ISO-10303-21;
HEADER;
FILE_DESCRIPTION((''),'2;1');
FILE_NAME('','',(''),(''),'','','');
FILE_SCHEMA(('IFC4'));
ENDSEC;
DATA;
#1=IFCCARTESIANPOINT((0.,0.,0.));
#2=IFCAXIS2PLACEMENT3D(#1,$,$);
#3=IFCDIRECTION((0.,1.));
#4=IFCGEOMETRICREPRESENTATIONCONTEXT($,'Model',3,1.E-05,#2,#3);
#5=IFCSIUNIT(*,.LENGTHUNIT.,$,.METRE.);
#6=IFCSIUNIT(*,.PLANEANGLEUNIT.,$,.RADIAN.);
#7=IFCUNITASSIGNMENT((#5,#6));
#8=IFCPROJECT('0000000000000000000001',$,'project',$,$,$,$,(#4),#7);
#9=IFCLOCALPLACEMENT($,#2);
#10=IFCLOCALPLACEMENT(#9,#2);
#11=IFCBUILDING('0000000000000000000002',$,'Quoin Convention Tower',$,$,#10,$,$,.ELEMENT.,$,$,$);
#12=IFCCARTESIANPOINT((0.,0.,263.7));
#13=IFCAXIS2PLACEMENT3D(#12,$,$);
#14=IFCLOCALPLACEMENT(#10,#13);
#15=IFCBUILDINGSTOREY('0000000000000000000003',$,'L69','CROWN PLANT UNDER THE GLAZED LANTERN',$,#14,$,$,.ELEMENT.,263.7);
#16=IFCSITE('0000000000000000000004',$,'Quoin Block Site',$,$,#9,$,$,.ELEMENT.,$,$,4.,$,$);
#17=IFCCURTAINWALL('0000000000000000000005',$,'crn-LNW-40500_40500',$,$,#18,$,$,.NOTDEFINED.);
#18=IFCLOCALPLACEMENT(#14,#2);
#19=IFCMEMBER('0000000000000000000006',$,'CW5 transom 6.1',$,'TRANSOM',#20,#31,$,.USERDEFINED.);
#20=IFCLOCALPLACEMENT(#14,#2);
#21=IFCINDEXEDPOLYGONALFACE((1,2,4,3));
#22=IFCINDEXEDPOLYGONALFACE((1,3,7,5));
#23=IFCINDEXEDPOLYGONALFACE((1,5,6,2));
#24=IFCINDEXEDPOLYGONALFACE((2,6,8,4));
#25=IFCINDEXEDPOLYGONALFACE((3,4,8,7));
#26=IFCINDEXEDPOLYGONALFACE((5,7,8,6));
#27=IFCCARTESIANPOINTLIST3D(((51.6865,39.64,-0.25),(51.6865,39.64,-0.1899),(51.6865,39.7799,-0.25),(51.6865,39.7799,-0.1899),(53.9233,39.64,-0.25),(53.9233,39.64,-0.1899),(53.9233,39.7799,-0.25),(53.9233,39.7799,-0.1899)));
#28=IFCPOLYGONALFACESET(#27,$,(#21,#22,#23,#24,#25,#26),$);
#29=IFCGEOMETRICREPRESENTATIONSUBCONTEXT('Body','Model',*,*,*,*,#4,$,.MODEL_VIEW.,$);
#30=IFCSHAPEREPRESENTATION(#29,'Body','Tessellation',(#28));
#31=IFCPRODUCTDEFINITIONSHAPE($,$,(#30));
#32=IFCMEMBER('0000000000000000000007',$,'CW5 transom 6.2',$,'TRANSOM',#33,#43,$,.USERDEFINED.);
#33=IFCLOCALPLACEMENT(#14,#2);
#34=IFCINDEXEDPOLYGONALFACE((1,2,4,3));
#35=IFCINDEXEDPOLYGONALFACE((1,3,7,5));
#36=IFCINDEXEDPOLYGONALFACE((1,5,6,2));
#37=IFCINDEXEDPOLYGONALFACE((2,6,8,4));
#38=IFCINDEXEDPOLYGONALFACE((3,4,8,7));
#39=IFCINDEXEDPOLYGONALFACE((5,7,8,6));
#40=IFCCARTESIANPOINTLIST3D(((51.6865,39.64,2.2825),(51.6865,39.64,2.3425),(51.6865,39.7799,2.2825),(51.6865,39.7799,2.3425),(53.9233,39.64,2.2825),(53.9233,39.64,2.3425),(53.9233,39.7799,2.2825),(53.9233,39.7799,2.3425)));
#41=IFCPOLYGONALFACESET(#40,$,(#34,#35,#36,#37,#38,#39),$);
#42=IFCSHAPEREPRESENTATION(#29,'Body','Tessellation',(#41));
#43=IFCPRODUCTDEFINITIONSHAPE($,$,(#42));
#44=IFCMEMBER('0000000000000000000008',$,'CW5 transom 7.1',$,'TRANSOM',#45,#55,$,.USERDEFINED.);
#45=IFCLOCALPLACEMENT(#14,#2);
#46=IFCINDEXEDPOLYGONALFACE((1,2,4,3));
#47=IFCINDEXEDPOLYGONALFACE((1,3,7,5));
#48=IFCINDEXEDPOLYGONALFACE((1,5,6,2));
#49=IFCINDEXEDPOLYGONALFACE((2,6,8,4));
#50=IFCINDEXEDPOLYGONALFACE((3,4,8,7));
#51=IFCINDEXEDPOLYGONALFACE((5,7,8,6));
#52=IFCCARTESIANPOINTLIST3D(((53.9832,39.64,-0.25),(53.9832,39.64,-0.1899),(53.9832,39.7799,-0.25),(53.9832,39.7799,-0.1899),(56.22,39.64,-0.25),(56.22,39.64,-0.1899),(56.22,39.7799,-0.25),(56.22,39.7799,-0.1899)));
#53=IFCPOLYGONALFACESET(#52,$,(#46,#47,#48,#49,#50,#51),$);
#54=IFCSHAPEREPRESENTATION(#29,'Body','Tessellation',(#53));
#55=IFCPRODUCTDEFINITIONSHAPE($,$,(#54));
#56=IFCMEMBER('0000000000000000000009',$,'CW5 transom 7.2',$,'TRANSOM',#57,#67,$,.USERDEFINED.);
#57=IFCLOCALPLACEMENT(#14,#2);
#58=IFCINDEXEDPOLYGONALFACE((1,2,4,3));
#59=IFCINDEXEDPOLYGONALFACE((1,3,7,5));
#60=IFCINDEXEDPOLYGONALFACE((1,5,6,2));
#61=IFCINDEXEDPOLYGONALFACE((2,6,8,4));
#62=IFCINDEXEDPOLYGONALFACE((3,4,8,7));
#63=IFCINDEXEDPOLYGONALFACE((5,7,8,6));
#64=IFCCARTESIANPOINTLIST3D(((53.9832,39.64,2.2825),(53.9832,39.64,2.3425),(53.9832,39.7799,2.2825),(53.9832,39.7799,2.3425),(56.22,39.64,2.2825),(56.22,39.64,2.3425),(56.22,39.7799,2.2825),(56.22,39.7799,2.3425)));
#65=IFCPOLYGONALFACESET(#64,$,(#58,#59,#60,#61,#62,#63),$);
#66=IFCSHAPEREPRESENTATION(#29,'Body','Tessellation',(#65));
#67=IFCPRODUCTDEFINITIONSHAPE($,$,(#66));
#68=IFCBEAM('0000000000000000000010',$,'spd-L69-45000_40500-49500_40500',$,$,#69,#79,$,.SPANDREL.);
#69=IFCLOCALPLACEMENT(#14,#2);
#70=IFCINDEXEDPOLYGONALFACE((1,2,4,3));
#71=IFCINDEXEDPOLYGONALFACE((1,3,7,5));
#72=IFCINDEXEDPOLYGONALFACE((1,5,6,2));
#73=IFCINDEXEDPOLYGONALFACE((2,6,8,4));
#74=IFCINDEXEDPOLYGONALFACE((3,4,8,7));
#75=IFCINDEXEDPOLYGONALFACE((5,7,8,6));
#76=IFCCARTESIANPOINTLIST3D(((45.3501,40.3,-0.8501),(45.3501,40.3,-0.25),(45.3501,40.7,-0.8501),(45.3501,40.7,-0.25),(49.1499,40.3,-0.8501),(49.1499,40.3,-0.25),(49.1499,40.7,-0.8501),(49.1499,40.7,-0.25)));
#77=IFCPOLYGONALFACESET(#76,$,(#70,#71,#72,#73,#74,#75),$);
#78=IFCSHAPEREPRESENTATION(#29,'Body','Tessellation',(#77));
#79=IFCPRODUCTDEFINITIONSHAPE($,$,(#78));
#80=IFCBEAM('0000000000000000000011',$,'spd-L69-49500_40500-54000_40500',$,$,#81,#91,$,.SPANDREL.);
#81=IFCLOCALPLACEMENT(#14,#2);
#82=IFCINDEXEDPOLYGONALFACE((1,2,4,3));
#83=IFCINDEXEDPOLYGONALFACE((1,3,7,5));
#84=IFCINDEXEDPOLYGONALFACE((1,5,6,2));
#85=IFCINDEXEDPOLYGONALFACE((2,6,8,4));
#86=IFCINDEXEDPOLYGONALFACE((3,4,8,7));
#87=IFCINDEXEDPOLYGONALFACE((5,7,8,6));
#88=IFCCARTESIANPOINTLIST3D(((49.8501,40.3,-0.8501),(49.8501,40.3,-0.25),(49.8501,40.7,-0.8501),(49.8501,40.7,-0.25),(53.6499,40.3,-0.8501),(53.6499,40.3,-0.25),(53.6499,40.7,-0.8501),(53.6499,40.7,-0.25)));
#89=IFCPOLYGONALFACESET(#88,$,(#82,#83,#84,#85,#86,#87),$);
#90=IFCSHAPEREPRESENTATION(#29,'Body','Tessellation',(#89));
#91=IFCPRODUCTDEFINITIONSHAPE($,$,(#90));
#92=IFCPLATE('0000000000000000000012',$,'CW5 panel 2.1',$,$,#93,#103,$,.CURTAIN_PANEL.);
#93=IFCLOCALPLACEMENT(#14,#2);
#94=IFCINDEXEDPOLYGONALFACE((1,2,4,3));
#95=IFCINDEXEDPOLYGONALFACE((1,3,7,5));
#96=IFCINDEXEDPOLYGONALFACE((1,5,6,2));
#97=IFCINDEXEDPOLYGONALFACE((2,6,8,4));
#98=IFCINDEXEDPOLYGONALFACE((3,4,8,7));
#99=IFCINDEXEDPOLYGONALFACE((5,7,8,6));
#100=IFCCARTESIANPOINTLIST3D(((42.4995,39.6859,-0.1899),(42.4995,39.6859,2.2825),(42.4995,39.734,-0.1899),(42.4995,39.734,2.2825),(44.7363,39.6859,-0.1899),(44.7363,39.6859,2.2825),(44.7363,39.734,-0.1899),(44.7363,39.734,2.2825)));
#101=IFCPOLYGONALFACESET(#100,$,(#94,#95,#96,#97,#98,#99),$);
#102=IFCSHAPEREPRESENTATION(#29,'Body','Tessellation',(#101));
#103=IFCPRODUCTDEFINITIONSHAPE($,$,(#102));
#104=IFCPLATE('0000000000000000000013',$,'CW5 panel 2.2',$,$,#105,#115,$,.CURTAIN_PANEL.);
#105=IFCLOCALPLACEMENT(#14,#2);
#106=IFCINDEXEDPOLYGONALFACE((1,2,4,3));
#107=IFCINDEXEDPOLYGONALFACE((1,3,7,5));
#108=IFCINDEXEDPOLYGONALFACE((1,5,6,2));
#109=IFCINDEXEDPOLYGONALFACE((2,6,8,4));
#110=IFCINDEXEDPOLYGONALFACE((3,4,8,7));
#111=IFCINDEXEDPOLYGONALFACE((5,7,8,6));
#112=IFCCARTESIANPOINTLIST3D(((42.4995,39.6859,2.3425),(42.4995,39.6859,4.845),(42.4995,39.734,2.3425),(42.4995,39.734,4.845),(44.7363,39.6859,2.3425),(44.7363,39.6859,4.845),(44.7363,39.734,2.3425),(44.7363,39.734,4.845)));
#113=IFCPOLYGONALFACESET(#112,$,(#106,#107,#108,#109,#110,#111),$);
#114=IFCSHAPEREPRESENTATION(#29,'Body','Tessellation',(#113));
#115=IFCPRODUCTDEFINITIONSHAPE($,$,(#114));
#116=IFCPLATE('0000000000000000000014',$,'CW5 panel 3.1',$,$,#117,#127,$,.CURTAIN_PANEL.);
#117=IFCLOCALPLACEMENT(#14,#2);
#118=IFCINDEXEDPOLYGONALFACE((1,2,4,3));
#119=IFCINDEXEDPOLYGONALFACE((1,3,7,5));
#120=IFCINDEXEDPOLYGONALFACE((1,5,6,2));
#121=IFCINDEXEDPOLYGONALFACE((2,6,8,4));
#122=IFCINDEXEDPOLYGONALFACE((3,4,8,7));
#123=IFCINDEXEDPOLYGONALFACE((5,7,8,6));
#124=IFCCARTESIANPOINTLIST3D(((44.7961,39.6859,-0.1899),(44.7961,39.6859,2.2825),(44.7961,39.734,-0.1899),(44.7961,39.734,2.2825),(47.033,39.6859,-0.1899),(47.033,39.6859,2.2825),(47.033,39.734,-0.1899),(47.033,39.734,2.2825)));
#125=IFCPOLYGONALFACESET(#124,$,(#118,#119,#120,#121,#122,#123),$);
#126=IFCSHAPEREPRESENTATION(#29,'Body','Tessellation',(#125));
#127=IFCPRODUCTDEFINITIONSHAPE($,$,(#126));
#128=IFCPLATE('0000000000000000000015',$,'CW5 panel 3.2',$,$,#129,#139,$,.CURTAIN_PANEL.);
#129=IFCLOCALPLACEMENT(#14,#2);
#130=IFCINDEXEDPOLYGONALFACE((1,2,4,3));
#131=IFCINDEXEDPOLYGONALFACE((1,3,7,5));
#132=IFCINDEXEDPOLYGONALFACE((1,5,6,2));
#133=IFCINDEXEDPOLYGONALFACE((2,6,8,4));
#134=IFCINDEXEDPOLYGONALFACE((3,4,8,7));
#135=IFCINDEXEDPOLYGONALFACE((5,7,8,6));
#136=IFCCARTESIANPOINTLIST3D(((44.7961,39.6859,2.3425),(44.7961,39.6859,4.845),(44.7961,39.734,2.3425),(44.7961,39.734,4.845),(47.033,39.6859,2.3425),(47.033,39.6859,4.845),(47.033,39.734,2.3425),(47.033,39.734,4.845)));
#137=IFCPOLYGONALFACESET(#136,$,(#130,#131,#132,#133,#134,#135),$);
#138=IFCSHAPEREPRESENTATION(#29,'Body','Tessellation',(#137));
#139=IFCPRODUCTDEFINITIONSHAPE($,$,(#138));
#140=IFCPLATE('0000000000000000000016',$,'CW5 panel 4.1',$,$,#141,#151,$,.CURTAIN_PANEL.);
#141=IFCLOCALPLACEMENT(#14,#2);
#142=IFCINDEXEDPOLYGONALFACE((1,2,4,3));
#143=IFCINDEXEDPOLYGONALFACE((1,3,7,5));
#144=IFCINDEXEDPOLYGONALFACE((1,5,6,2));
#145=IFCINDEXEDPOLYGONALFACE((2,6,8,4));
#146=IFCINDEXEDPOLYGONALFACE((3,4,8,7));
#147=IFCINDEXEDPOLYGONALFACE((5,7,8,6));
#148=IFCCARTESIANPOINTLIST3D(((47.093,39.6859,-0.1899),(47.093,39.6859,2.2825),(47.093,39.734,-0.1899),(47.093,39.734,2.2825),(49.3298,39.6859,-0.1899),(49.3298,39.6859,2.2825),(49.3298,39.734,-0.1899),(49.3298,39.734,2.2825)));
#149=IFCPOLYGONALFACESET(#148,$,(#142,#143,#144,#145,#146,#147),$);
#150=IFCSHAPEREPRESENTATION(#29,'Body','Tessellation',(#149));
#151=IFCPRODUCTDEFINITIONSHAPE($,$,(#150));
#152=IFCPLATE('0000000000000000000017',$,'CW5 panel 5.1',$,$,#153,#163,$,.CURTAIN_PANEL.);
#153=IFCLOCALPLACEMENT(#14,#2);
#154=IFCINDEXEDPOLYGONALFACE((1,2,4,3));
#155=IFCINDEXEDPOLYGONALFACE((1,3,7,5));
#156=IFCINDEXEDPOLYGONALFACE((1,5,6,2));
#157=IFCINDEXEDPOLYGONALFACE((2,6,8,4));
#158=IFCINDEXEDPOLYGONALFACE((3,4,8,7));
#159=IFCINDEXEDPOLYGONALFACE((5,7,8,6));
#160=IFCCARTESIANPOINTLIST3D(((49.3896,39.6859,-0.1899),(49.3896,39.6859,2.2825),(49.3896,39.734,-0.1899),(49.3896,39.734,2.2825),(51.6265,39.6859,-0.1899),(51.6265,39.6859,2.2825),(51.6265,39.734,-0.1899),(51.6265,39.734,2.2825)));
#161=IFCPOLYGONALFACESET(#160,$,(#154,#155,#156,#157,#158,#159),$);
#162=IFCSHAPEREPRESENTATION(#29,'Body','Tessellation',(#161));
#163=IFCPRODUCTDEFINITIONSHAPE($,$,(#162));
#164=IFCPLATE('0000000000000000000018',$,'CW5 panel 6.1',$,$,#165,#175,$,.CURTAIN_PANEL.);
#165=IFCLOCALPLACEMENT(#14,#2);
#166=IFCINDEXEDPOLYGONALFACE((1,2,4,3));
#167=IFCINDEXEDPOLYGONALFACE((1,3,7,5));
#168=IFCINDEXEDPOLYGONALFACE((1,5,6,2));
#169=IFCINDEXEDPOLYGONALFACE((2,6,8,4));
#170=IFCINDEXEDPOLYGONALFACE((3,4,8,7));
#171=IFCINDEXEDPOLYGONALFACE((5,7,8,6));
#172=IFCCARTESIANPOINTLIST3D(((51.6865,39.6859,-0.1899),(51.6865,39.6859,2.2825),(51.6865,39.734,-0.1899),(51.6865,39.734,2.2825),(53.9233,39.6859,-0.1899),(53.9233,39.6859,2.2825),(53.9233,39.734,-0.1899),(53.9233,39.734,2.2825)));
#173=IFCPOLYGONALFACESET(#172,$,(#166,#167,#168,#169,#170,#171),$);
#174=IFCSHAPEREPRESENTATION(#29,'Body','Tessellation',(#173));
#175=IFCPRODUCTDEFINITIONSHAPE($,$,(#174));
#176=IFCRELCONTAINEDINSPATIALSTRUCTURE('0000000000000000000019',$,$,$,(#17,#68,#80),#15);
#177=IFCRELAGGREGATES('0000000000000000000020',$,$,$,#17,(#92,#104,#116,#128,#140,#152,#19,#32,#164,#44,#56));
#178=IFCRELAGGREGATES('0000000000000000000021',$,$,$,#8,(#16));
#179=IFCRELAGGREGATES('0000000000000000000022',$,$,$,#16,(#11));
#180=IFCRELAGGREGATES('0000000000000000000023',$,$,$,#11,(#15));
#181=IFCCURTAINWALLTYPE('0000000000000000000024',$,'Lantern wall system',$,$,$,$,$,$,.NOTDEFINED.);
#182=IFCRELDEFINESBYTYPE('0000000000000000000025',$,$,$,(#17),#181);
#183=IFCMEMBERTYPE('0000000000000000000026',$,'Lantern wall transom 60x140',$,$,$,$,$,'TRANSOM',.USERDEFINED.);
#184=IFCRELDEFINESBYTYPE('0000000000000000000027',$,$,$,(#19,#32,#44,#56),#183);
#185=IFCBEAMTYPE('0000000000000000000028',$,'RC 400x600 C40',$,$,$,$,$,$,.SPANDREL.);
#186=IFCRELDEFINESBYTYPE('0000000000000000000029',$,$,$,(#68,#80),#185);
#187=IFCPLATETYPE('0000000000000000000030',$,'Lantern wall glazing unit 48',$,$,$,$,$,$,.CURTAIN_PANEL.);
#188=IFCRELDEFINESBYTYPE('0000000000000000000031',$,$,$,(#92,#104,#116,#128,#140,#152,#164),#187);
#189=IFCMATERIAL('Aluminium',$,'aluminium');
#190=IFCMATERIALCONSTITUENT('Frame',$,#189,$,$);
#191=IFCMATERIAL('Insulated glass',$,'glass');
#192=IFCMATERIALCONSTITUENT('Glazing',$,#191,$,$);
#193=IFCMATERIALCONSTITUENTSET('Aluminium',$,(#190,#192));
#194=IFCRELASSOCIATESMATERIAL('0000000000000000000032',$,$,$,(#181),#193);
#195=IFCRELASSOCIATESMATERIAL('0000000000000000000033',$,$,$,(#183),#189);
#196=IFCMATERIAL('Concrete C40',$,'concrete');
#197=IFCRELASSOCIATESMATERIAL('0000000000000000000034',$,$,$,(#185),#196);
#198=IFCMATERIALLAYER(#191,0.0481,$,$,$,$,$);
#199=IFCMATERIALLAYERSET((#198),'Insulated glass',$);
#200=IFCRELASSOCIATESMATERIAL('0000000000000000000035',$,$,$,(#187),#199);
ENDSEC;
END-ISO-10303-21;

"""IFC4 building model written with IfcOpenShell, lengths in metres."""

from ifc_helpers import new_model, si_unit, direction, frame, origin, origin_2d, place, context, subcontext, project, spatial, rectangle, extrude, material, layer, layer_set, constituent, constituent_set, material_profile, profile_set, type_object, element, aggregate, save


model = new_model("IFC4")

# Units and contexts
model_context = context("Model", 3, precision=1e-05, world=origin(), true_north=direction((0.0, 1.0)))
body_context = subcontext(model_context, "Body", "Model", "MODEL_VIEW")
ifc_project = project(units=[si_unit("LENGTHUNIT", "METRE"), si_unit("PLANEANGLEUNIT", "RADIAN")], contexts=[model_context])

# Site, building, storey
site_placement = place(None, origin())
site = spatial("IfcSite", under=ifc_project, at=site_placement, Name="Quoin Block Site", CompositionType="ELEMENT", RefElevation=4.0)
building_placement = place(site_placement, origin())
building = spatial("IfcBuilding", under=site, at=building_placement, Name="Quoin Convention Tower", CompositionType="ELEMENT")
storey_placement = place(building_placement, frame((0.0, 0.0, 263.7)))
storey = spatial("IfcBuildingStorey", under=building, at=storey_placement, Name="L69", Description="CROWN PLANT UNDER THE GLAZED LANTERN", CompositionType="ELEMENT", Elevation=263.7)

# Shared definitions
ifc_material_1 = material(Name="Concrete C40", Category="concrete")

# Curtain wall, members
ifc_material_2 = material(Name="Aluminium", Category="aluminium")
ifc_constituent_1 = constituent(ifc_material_2, Name="Frame")
ifc_material_3 = material(Name="Insulated glass", Category="glass")
ifc_constituent_2 = constituent(ifc_material_3, Name="Glazing")
ifc_constituent_set = constituent_set(constituents=[ifc_constituent_1, ifc_constituent_2], Name="Aluminium")
curtain_wall_type = type_object("IfcCurtainWallType", Name="Lantern wall system", PredefinedType="NOTDEFINED", material=ifc_constituent_set)
curtain_wall_placement = place(storey_placement, origin())
curtain_wall = element("IfcCurtainWall", 1, at=curtain_wall_placement, inside=storey, type_object=curtain_wall_type, Name="crn-LNW-40500_40500", PredefinedType="NOTDEFINED")
ifc_material_profile_1 = material_profile(ifc_material_2, rectangle(XDim=0.1399, YDim=0.0601, at=origin_2d()), Name="Lantern wall transom 60x140")
ifc_profile_set_1 = profile_set([ifc_material_profile_1], Name="Aluminium")
member_type_1 = type_object("IfcMemberType", Name="Lantern wall transom 60x140", ElementType="TRANSOM", PredefinedType="USERDEFINED", material=ifc_profile_set_1)
member_1_placement = place(storey_placement, frame((51.6865, 39.71, -0.22), z_axis=(1.0, 0.0, 0.0), x_axis=(0.0, 1.0, 0.0)))
member_1 = element("IfcMember", 2, at=member_1_placement, type_object=member_type_1, Name="CW5 transom 6.1", ObjectType="TRANSOM", PredefinedType="USERDEFINED", context=body_context, shape_type="SweptSolid", body=[
    extrude(rectangle(XDim=0.1399, YDim=0.0601, at=origin_2d()), origin(), (0.0, 0.0, 1.0), 2.2368),
])
member_2_placement = place(storey_placement, frame((51.6865, 39.71, 2.3125), z_axis=(1.0, 0.0, 0.0), x_axis=(0.0, 1.0, 0.0)))
member_2 = element("IfcMember", 3, at=member_2_placement, type_object=member_type_1, Name="CW5 transom 6.2", ObjectType="TRANSOM", PredefinedType="USERDEFINED", context=body_context, shape_type="SweptSolid", body=[
    extrude(rectangle(XDim=0.1399, YDim=0.0601, at=origin_2d()), origin(), (0.0, 0.0, 1.0), 2.2368),
])
member_3_placement = place(storey_placement, frame((53.9832, 39.71, -0.22), z_axis=(1.0, 0.0, 0.0), x_axis=(0.0, 1.0, 0.0)))
member_3 = element("IfcMember", 4, at=member_3_placement, type_object=member_type_1, Name="CW5 transom 7.1", ObjectType="TRANSOM", PredefinedType="USERDEFINED", context=body_context, shape_type="SweptSolid", body=[
    extrude(rectangle(XDim=0.1399, YDim=0.0601, at=origin_2d()), origin(), (0.0, 0.0, 1.0), 2.2368),
])
member_4_placement = place(storey_placement, frame((53.9832, 39.71, 2.3125), z_axis=(1.0, 0.0, 0.0), x_axis=(0.0, 1.0, 0.0)))
member_4 = element("IfcMember", 5, at=member_4_placement, type_object=member_type_1, Name="CW5 transom 7.2", ObjectType="TRANSOM", PredefinedType="USERDEFINED", context=body_context, shape_type="SweptSolid", body=[
    extrude(rectangle(XDim=0.1399, YDim=0.0601, at=origin_2d()), origin(), (0.0, 0.0, 1.0), 2.2368),
])

# Beams
ifc_material_profile_2 = material_profile(ifc_material_1, rectangle(XDim=0.3999, YDim=0.6001, at=origin_2d()), Name="RC 400x600")
ifc_profile_set_2 = profile_set([ifc_material_profile_2], Name="Concrete C40")
beam_type_1 = type_object("IfcBeamType", Name="RC 400x600 C40", PredefinedType="SPANDREL", material=ifc_profile_set_2)
for number, where, z_axis, x_axis, name in (
    (6, (45.3501, 40.5, -0.55), (1.0, 0.0, 0.0), (0.0, 1.0, 0.0), "spd-L69-45000_40500-49500_40500"),
    (7, (49.8501, 40.5, -0.55), (1.0, 0.0, 0.0), (0.0, 1.0, 0.0), "spd-L69-49500_40500-54000_40500"),
):
    element("IfcBeam", number, at=place(storey_placement, frame(where, z_axis=z_axis, x_axis=x_axis)), inside=storey, type_object=beam_type_1, Name=name, PredefinedType="SPANDREL", context=body_context, shape_type="SweptSolid", body=[
        extrude(rectangle(XDim=0.3999, YDim=0.6001, at=origin_2d()), origin(), (0.0, 0.0, 1.0), 3.7998),
    ])

# Plates
ifc_layer = layer(ifc_material_3, 0.0481)
ifc_layer_set = layer_set([ifc_layer], Name="Insulated glass")
plate_type = type_object("IfcPlateType", Name="Lantern wall glazing unit 48", PredefinedType="CURTAIN_PANEL", material=ifc_layer_set)
plate_1_placement = place(storey_placement, frame((43.6179, 39.71, -0.1899), z_axis=(0.0, 0.0, 1.0), x_axis=(1.0, 0.0, 0.0)))
plate_1 = element("IfcPlate", 8, at=plate_1_placement, type_object=plate_type, Name="CW5 panel 2.1", PredefinedType="CURTAIN_PANEL", context=body_context, shape_type="SweptSolid", body=[
    extrude(rectangle(XDim=2.2368, YDim=0.0481, at=origin_2d()), origin(), (0.0, 0.0, 1.0), 2.4724),
])
plate_2_placement = place(storey_placement, frame((43.6179, 39.71, 2.3425), z_axis=(0.0, 0.0, 1.0), x_axis=(1.0, 0.0, 0.0)))
plate_2 = element("IfcPlate", 9, at=plate_2_placement, type_object=plate_type, Name="CW5 panel 2.2", PredefinedType="CURTAIN_PANEL", context=body_context, shape_type="SweptSolid", body=[
    extrude(rectangle(XDim=2.2368, YDim=0.0481, at=origin_2d()), origin(), (0.0, 0.0, 1.0), 2.5024),
])
plate_3_placement = place(storey_placement, frame((45.9146, 39.71, -0.1899), z_axis=(0.0, 0.0, 1.0), x_axis=(1.0, 0.0, 0.0)))
plate_3 = element("IfcPlate", 10, at=plate_3_placement, type_object=plate_type, Name="CW5 panel 3.1", PredefinedType="CURTAIN_PANEL", context=body_context, shape_type="SweptSolid", body=[
    extrude(rectangle(XDim=2.2368, YDim=0.0481, at=origin_2d()), origin(), (0.0, 0.0, 1.0), 2.4724),
])
plate_4_placement = place(storey_placement, frame((45.9146, 39.71, 2.3425), z_axis=(0.0, 0.0, 1.0), x_axis=(1.0, 0.0, 0.0)))
plate_4 = element("IfcPlate", 11, at=plate_4_placement, type_object=plate_type, Name="CW5 panel 3.2", PredefinedType="CURTAIN_PANEL", context=body_context, shape_type="SweptSolid", body=[
    extrude(rectangle(XDim=2.2368, YDim=0.0481, at=origin_2d()), origin(), (0.0, 0.0, 1.0), 2.5024),
])
plate_5_placement = place(storey_placement, frame((48.2114, 39.71, -0.1899), z_axis=(0.0, 0.0, 1.0), x_axis=(1.0, 0.0, 0.0)))
plate_5 = element("IfcPlate", 12, at=plate_5_placement, type_object=plate_type, Name="CW5 panel 4.1", PredefinedType="CURTAIN_PANEL", context=body_context, shape_type="SweptSolid", body=[
    extrude(rectangle(XDim=2.2368, YDim=0.0481, at=origin_2d()), origin(), (0.0, 0.0, 1.0), 2.4724),
])
plate_6_placement = place(storey_placement, frame((50.5081, 39.71, -0.1899), z_axis=(0.0, 0.0, 1.0), x_axis=(1.0, 0.0, 0.0)))
plate_6 = element("IfcPlate", 13, at=plate_6_placement, type_object=plate_type, Name="CW5 panel 5.1", PredefinedType="CURTAIN_PANEL", context=body_context, shape_type="SweptSolid", body=[
    extrude(rectangle(XDim=2.2368, YDim=0.0481, at=origin_2d()), origin(), (0.0, 0.0, 1.0), 2.4724),
])
plate_7_placement = place(storey_placement, frame((52.8049, 39.71, -0.1899), z_axis=(0.0, 0.0, 1.0), x_axis=(1.0, 0.0, 0.0)))
plate_7 = element("IfcPlate", 14, at=plate_7_placement, type_object=plate_type, Name="CW5 panel 6.1", PredefinedType="CURTAIN_PANEL", context=body_context, shape_type="SweptSolid", body=[
    extrude(rectangle(XDim=2.2368, YDim=0.0481, at=origin_2d()), origin(), (0.0, 0.0, 1.0), 2.4724),
])
aggregate(curtain_wall, [plate_1, plate_2, plate_3, plate_4, plate_5, plate_6, member_1, member_2, plate_7, member_3, member_4])

save(model, "model.ifc")
